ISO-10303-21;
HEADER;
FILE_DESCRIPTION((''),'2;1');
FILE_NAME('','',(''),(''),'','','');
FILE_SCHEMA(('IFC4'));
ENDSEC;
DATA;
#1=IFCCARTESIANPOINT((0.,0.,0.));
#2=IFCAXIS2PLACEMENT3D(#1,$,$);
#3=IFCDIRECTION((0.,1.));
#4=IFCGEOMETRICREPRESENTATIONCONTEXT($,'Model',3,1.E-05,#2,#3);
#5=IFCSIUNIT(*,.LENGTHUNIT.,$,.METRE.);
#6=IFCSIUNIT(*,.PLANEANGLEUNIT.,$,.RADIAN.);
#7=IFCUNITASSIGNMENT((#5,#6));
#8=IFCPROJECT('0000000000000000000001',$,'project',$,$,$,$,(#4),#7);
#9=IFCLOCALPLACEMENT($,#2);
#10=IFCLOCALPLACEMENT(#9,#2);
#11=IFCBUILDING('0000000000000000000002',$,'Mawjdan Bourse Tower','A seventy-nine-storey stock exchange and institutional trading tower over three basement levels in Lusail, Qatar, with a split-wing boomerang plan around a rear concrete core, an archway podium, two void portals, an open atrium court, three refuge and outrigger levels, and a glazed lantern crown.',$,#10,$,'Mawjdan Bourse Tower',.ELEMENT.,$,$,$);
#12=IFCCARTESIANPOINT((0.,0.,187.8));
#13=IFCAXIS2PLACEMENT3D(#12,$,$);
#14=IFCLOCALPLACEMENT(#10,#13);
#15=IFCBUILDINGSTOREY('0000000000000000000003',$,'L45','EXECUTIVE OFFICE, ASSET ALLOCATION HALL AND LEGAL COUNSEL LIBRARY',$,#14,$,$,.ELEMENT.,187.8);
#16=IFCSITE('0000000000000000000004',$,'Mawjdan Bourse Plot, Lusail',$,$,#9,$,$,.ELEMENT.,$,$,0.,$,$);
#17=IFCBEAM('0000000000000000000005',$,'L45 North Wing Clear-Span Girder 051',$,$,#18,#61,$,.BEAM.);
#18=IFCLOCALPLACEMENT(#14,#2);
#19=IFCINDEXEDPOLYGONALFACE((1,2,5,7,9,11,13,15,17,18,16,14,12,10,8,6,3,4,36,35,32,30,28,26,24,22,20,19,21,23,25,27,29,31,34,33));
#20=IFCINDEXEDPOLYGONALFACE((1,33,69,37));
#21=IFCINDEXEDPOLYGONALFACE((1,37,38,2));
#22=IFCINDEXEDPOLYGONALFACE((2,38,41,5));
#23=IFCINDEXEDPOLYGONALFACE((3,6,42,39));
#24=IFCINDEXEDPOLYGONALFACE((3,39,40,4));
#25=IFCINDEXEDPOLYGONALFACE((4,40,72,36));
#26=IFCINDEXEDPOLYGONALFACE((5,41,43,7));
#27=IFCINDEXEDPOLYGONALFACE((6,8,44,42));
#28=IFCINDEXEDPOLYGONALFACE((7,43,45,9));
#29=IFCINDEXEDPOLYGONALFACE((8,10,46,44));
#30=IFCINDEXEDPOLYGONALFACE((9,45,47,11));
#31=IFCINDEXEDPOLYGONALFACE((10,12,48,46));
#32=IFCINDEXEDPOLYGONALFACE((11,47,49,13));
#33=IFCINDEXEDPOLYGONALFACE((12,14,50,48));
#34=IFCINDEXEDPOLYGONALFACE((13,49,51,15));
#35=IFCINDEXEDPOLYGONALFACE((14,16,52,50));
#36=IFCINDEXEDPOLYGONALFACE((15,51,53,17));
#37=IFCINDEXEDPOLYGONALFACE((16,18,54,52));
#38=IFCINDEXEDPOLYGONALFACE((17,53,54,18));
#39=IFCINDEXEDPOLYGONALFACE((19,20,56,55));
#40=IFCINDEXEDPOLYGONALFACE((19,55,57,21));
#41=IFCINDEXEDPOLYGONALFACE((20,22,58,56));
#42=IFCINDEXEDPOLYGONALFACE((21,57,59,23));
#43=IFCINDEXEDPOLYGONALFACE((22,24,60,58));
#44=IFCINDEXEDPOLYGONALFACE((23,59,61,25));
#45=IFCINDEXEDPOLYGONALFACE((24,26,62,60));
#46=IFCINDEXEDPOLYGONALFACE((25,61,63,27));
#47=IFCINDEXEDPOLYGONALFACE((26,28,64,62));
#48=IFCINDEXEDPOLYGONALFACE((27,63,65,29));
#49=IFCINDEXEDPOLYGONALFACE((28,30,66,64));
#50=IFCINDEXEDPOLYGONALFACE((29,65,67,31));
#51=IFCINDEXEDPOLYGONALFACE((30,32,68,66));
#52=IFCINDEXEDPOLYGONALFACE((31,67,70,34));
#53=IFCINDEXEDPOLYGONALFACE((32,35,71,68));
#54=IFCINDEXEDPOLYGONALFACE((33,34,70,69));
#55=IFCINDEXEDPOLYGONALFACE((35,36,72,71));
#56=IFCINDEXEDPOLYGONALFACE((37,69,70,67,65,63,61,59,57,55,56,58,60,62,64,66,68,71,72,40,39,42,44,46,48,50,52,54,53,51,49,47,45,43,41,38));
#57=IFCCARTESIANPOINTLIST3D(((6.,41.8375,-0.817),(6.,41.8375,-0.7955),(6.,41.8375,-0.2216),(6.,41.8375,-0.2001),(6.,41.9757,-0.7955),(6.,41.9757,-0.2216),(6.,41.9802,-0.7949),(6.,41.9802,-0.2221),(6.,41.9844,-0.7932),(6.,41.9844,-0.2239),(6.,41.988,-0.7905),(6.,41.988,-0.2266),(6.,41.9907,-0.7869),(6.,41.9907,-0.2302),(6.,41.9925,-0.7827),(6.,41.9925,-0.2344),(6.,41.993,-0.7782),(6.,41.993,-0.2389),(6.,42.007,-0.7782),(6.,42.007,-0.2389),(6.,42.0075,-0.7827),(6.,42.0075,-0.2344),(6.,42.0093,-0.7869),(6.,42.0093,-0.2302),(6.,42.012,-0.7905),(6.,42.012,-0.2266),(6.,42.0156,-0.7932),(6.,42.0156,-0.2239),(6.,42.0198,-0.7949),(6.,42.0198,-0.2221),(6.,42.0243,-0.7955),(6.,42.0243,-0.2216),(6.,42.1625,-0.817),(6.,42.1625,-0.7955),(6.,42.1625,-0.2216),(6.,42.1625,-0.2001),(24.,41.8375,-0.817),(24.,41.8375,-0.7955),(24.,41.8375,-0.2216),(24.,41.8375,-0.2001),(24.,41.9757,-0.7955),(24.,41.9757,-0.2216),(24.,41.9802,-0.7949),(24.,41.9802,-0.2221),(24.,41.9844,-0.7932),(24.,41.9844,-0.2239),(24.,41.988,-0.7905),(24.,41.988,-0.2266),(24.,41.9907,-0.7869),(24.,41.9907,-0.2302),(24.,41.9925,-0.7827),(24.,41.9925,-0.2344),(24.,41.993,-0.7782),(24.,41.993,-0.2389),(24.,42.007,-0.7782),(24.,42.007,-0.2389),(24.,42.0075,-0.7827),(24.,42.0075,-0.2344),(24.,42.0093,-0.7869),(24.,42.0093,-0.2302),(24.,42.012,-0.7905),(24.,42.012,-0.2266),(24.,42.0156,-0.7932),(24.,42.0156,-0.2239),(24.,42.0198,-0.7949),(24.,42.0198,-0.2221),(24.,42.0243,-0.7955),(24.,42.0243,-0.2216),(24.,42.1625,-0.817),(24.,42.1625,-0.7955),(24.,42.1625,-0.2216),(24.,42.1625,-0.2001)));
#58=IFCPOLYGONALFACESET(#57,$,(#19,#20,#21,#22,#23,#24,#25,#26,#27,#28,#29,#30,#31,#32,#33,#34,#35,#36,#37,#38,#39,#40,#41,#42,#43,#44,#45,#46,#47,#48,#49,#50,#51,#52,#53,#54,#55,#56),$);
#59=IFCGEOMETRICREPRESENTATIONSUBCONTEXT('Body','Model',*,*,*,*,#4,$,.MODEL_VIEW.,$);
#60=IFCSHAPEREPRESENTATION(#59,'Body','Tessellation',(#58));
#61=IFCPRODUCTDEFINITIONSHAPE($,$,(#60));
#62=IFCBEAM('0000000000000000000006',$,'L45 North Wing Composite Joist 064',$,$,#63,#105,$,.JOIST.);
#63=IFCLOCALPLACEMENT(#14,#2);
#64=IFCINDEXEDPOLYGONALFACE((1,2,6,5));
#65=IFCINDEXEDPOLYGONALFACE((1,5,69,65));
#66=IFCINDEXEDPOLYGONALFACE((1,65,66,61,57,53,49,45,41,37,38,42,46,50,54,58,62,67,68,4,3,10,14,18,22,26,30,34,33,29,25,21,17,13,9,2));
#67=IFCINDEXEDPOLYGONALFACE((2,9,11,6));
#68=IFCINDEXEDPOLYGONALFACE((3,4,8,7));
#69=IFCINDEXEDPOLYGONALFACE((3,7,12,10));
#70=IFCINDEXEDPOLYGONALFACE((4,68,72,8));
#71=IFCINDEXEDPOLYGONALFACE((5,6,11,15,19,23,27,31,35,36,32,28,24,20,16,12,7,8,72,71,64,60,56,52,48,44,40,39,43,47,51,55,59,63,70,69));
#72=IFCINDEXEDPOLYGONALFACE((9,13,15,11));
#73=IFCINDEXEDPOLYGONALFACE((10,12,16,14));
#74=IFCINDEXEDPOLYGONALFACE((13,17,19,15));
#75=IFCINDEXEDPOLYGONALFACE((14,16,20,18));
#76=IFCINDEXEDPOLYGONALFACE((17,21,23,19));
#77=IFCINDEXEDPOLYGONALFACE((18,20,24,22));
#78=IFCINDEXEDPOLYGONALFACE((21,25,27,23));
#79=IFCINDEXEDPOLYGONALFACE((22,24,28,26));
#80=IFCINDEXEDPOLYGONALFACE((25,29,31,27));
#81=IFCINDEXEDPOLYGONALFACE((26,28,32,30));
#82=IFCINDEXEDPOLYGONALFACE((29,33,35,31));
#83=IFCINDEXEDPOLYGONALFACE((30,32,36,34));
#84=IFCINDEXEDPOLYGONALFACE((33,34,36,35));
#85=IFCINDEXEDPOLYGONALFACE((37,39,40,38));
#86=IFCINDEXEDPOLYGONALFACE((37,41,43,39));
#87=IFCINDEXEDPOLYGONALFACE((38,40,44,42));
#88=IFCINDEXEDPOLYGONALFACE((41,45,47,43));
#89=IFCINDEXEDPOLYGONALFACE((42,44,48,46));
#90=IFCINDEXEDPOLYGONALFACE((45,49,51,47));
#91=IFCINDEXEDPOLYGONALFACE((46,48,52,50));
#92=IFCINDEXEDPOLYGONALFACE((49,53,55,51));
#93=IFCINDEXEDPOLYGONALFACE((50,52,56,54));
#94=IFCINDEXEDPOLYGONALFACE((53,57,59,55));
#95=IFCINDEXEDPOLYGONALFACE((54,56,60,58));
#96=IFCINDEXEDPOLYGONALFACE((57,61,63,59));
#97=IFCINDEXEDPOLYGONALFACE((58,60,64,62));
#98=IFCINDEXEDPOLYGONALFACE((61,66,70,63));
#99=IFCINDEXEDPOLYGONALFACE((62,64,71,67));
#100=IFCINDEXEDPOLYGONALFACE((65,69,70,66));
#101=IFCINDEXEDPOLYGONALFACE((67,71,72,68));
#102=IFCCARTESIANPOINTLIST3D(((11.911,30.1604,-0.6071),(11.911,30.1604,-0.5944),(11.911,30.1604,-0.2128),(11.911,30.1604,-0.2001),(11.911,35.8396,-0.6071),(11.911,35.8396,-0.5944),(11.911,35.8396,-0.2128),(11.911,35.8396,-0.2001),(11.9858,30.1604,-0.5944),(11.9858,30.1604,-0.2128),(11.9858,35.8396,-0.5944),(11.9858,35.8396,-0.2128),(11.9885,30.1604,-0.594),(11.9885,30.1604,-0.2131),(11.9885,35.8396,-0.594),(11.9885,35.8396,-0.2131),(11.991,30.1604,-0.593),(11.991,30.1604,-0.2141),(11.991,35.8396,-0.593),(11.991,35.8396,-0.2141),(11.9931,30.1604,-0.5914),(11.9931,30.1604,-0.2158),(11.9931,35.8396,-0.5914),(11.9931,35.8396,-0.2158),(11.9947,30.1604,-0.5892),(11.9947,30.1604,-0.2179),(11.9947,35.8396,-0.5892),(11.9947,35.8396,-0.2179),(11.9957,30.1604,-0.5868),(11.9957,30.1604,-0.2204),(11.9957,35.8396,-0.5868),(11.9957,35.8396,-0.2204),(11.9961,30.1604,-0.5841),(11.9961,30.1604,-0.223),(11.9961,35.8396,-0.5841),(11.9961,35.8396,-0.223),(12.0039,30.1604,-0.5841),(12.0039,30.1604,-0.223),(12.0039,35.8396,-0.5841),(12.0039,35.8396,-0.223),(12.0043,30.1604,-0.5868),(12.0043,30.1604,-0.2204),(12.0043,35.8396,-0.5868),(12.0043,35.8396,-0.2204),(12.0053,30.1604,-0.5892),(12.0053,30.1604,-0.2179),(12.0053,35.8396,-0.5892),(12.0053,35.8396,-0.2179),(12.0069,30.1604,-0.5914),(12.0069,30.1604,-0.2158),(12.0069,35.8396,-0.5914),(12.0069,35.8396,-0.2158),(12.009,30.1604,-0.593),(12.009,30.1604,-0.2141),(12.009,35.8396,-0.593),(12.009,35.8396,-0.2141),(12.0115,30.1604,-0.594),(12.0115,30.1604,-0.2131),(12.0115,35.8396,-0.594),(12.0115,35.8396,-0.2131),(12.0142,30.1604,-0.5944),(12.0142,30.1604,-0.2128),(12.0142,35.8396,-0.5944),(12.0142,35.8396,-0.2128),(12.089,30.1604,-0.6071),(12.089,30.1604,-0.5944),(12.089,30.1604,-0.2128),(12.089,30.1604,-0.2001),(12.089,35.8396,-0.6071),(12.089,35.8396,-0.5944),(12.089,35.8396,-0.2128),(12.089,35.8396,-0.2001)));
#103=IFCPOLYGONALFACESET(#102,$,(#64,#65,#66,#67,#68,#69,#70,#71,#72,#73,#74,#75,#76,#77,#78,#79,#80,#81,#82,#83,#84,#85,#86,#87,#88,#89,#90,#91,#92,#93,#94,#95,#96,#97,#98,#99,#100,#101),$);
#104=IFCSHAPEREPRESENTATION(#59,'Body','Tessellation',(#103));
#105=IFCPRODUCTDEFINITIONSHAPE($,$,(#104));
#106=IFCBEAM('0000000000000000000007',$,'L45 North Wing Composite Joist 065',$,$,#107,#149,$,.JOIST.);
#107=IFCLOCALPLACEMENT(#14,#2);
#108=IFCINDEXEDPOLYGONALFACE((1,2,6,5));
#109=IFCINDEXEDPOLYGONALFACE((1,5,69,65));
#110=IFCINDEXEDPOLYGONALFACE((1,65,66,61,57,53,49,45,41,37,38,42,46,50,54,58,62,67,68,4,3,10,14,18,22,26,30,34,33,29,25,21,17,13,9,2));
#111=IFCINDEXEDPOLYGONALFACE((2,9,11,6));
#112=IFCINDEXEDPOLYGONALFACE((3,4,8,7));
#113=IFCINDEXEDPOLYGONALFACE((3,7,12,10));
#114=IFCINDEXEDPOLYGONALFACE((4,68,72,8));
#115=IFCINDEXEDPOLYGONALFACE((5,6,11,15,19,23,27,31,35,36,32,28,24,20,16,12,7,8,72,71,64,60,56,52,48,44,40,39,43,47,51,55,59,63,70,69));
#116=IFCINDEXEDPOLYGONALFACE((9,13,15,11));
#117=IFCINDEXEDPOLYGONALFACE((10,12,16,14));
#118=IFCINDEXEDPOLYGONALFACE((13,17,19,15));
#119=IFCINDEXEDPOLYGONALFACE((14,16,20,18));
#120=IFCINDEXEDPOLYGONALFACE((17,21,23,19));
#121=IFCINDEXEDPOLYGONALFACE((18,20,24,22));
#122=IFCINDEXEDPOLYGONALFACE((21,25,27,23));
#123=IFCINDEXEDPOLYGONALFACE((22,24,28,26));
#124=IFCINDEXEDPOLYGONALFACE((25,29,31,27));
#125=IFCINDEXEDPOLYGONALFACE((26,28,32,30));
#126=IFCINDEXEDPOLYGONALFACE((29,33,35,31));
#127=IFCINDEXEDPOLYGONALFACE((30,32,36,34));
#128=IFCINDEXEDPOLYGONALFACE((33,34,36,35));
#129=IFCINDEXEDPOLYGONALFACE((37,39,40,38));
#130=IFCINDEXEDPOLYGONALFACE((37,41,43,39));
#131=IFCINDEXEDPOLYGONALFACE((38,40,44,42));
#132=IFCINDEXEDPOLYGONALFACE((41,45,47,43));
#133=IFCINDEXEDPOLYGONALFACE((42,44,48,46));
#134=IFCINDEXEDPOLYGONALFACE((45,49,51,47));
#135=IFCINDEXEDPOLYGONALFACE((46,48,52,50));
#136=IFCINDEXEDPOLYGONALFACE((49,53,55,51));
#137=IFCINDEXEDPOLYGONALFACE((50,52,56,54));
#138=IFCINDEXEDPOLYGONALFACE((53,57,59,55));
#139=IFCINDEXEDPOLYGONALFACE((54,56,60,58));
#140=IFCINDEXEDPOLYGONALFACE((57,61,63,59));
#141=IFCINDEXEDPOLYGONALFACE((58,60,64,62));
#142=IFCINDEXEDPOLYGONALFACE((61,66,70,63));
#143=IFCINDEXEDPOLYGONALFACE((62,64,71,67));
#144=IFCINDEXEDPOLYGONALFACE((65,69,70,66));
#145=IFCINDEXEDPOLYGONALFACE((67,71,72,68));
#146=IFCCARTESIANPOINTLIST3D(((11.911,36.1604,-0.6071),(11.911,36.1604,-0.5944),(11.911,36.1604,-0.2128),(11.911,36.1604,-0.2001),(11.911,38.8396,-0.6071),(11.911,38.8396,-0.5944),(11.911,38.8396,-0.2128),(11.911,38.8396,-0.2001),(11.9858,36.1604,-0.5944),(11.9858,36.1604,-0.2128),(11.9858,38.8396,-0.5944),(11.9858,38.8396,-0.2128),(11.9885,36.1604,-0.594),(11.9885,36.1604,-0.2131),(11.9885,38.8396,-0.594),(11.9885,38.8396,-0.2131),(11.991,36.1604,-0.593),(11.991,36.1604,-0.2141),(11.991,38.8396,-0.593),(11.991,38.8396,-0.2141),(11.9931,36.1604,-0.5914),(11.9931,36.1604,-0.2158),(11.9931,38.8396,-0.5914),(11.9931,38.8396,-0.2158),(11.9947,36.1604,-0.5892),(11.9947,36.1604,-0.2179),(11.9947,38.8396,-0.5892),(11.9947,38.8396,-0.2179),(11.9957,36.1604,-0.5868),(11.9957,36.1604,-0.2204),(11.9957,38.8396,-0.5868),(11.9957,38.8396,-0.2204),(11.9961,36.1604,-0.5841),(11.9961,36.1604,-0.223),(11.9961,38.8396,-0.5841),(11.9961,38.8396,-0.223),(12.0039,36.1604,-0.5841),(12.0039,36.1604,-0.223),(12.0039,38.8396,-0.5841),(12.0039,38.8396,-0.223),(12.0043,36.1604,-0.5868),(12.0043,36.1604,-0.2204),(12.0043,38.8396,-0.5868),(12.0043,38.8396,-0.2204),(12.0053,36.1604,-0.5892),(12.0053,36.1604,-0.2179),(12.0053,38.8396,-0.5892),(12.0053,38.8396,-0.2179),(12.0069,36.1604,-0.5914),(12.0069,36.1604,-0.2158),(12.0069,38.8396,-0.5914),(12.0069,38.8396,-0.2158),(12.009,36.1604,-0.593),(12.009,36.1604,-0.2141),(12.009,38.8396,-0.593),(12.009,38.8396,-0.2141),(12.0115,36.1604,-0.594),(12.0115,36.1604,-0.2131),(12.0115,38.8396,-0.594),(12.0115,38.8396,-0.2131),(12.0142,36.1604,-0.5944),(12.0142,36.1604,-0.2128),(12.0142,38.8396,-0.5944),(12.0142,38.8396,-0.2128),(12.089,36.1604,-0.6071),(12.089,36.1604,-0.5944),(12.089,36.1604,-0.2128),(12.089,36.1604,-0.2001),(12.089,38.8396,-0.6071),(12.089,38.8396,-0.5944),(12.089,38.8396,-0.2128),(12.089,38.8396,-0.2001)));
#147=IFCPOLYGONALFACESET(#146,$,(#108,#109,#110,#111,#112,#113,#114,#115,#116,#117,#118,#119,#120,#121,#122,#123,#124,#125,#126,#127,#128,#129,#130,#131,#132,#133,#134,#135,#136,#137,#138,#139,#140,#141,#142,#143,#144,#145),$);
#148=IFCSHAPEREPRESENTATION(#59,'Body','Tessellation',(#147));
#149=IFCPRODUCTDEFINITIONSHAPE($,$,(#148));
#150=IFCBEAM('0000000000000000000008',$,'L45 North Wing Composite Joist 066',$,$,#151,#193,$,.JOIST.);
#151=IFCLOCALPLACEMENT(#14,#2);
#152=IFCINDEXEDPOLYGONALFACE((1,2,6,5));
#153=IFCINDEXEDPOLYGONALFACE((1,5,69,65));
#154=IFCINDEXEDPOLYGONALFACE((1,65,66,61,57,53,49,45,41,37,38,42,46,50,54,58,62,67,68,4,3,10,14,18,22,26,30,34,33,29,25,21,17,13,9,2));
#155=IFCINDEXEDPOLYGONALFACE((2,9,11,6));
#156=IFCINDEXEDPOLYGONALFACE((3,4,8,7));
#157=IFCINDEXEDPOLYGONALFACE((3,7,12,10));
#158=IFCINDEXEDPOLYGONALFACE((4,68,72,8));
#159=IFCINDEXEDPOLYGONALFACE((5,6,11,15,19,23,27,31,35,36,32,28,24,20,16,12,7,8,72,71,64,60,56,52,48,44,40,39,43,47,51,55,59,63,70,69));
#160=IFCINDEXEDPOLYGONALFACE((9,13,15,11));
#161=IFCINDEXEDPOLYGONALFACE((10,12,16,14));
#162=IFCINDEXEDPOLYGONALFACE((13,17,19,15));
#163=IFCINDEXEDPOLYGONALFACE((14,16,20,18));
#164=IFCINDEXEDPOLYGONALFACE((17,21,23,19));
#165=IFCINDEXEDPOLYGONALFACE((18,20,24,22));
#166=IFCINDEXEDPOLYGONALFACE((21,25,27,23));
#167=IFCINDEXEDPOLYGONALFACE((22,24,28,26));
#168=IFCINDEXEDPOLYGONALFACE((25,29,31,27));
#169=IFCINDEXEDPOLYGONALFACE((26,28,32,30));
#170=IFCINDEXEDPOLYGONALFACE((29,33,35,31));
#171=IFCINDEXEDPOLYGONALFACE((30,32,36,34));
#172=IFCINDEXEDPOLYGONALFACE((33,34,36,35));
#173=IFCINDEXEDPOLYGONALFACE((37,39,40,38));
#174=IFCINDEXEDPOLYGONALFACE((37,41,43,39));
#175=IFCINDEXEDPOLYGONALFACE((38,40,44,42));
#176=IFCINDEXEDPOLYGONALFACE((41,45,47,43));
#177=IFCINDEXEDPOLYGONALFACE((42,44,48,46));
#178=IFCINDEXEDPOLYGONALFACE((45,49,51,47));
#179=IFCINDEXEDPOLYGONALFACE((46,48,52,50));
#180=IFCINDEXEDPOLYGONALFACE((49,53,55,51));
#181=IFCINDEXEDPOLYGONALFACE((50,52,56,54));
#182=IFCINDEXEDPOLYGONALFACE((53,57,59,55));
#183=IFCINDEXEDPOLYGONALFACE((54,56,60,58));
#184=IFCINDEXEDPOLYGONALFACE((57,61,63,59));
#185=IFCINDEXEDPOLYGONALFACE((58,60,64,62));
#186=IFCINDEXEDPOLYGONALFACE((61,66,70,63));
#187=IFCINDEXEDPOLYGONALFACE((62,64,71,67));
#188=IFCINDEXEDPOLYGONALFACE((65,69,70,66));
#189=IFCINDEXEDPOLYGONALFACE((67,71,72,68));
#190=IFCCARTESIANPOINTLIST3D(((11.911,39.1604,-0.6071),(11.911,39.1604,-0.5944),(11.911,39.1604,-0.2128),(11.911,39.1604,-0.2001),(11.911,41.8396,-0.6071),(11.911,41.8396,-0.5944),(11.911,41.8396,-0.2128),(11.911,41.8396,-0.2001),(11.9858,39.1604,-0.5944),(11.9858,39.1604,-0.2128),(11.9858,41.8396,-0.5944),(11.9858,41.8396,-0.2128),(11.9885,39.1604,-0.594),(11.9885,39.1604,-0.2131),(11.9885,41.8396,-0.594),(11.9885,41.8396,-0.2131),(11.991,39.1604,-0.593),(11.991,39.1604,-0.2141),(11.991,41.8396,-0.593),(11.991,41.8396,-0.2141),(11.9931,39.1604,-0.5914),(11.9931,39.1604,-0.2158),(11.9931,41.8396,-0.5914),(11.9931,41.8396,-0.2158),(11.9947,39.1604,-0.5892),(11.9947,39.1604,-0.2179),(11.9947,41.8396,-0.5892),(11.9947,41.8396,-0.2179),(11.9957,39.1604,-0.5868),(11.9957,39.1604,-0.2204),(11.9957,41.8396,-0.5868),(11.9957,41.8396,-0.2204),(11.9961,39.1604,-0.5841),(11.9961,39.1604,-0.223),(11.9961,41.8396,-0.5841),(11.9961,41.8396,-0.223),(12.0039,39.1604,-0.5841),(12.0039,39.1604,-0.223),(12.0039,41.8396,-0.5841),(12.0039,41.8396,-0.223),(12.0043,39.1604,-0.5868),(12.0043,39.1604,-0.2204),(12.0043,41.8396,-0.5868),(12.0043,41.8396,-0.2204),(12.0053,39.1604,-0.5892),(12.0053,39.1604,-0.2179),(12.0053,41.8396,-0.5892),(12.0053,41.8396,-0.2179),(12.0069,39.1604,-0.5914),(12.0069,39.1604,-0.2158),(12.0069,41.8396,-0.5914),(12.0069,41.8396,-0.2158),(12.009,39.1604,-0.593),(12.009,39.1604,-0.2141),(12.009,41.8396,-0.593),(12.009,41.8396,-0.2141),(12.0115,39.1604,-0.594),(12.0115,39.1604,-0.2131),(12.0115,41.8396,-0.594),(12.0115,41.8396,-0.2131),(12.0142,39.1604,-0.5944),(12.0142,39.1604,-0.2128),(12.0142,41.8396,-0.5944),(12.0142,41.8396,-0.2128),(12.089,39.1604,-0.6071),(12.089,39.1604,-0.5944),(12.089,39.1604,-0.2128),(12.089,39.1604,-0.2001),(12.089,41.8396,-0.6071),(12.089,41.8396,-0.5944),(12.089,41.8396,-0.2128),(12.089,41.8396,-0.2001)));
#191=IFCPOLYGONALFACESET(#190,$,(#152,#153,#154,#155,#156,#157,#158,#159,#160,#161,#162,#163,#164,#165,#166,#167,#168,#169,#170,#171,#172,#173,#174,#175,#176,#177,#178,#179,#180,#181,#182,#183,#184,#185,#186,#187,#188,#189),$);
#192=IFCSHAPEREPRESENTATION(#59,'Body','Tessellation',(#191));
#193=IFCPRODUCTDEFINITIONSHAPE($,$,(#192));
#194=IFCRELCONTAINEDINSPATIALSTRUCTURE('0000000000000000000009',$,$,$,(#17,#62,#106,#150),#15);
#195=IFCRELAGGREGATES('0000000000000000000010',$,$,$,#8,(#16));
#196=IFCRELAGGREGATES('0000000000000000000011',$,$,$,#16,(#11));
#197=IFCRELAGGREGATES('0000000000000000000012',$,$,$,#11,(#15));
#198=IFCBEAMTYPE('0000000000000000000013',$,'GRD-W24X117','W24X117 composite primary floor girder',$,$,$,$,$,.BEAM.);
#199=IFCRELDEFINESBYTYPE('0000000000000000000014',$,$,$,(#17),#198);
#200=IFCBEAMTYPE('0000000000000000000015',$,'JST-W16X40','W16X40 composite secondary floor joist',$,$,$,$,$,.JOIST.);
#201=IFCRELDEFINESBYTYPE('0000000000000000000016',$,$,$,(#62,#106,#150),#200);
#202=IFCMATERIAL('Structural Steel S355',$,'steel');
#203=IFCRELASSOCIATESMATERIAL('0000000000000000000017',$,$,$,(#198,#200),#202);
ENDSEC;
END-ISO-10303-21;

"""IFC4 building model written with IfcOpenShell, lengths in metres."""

from ifc_helpers import new_model, si_unit, direction, frame, origin, origin_2d, place, context, subcontext, project, spatial, i_section, extrude, material, material_profile, profile_set, type_object, element, save


model = new_model("IFC4")

# Units and contexts
model_context = context("Model", 3, precision=1e-05, world=origin(), true_north=direction((0.0, 1.0)))
body_context = subcontext(model_context, "Body", "Model", "MODEL_VIEW")
ifc_project = project(units=[si_unit("LENGTHUNIT", "METRE"), si_unit("PLANEANGLEUNIT", "RADIAN")], contexts=[model_context])

# Site, building, storey
site_placement = place(None, origin())
site = spatial("IfcSite", under=ifc_project, at=site_placement, Name="Mawjdan Bourse Plot, Lusail", CompositionType="ELEMENT", RefElevation=0.0)
building_placement = place(site_placement, origin())
building = spatial("IfcBuilding", under=site, at=building_placement, Name="Mawjdan Bourse Tower", Description="A seventy-nine-storey stock exchange and institutional trading tower over three basement levels in Lusail, Qatar, with a split-wing boomerang plan around a rear concrete core, an archway podium, two void portals, an open atrium court, three refuge and outrigger levels, and a glazed lantern crown.", LongName="Mawjdan Bourse Tower", CompositionType="ELEMENT")
storey_placement = place(building_placement, frame((0.0, 0.0, 187.8)))
storey = spatial("IfcBuildingStorey", under=building, at=storey_placement, Name="L45", Description="EXECUTIVE OFFICE, ASSET ALLOCATION HALL AND LEGAL COUNSEL LIBRARY", CompositionType="ELEMENT", Elevation=187.8)

# Beams
ifc_material_1 = material(Name="Structural Steel S355", Category="steel")
ifc_material_profile_1 = material_profile(ifc_material_1, i_section(OverallWidth=0.325, OverallDepth=0.6169, WebThickness=0.0139, FlangeThickness=0.0215, FilletRadius=0.0173, at=origin_2d()), Name="W24X117")
ifc_profile_set_1 = profile_set([ifc_material_profile_1], Name="Structural Steel S355")
beam_type_1 = type_object("IfcBeamType", Name="GRD-W24X117", Description="W24X117 composite primary floor girder", PredefinedType="BEAM", material=ifc_profile_set_1)
for number, where, z_axis, x_axis, name in (
    (1, (6.0, 42.0, -0.5085), (1.0, 0.0, 0.0), (0.0, 1.0, 0.0), "L45 North Wing Clear-Span Girder 051"),
):
    element("IfcBeam", number, at=place(storey_placement, frame(where, z_axis=z_axis, x_axis=x_axis)), inside=storey, type_object=beam_type_1, Name=name, PredefinedType="BEAM", context=body_context, shape_type="SweptSolid", body=[
        extrude(i_section(OverallWidth=0.325, OverallDepth=0.6169, WebThickness=0.0139, FlangeThickness=0.0215, FilletRadius=0.0173, at=origin_2d()), origin(), (0.0, 0.0, 1.0), 18.0),
    ])
ifc_material_profile_2 = material_profile(ifc_material_1, i_section(OverallWidth=0.178, OverallDepth=0.407, WebThickness=0.0078, FlangeThickness=0.0127, FilletRadius=0.0103, at=origin_2d()), Name="W16X40")
ifc_profile_set_2 = profile_set([ifc_material_profile_2], Name="Structural Steel S355")
beam_type_2 = type_object("IfcBeamType", Name="JST-W16X40", Description="W16X40 composite secondary floor joist", PredefinedType="JOIST", material=ifc_profile_set_2)
beam_1_placement = place(storey_placement, frame((12.0, 30.1604, -0.4036), z_axis=(0.0, 1.0, 0.0), x_axis=(-1.0, 0.0, 0.0)))
element("IfcBeam", 2, at=beam_1_placement, inside=storey, type_object=beam_type_2, Name="L45 North Wing Composite Joist 064", PredefinedType="JOIST", context=body_context, shape_type="SweptSolid", body=[
    extrude(i_section(OverallWidth=0.178, OverallDepth=0.407, WebThickness=0.0078, FlangeThickness=0.0127, FilletRadius=0.0103, at=origin_2d()), origin(), (0.0, 0.0, 1.0), 5.6792),
])
for number, where, z_axis, x_axis, name in (
    (3, (12.0, 36.1604, -0.4036), (0.0, 1.0, 0.0), (-1.0, 0.0, 0.0), "L45 North Wing Composite Joist 065"),
    (4, (12.0, 39.1604, -0.4036), (0.0, 1.0, 0.0), (-1.0, 0.0, 0.0), "L45 North Wing Composite Joist 066"),
):
    element("IfcBeam", number, at=place(storey_placement, frame(where, z_axis=z_axis, x_axis=x_axis)), inside=storey, type_object=beam_type_2, Name=name, PredefinedType="JOIST", context=body_context, shape_type="SweptSolid", body=[
        extrude(i_section(OverallWidth=0.178, OverallDepth=0.407, WebThickness=0.0078, FlangeThickness=0.0127, FilletRadius=0.0103, at=origin_2d()), origin(), (0.0, 0.0, 1.0), 2.6792),
    ])

save(model, "model.ifc")
